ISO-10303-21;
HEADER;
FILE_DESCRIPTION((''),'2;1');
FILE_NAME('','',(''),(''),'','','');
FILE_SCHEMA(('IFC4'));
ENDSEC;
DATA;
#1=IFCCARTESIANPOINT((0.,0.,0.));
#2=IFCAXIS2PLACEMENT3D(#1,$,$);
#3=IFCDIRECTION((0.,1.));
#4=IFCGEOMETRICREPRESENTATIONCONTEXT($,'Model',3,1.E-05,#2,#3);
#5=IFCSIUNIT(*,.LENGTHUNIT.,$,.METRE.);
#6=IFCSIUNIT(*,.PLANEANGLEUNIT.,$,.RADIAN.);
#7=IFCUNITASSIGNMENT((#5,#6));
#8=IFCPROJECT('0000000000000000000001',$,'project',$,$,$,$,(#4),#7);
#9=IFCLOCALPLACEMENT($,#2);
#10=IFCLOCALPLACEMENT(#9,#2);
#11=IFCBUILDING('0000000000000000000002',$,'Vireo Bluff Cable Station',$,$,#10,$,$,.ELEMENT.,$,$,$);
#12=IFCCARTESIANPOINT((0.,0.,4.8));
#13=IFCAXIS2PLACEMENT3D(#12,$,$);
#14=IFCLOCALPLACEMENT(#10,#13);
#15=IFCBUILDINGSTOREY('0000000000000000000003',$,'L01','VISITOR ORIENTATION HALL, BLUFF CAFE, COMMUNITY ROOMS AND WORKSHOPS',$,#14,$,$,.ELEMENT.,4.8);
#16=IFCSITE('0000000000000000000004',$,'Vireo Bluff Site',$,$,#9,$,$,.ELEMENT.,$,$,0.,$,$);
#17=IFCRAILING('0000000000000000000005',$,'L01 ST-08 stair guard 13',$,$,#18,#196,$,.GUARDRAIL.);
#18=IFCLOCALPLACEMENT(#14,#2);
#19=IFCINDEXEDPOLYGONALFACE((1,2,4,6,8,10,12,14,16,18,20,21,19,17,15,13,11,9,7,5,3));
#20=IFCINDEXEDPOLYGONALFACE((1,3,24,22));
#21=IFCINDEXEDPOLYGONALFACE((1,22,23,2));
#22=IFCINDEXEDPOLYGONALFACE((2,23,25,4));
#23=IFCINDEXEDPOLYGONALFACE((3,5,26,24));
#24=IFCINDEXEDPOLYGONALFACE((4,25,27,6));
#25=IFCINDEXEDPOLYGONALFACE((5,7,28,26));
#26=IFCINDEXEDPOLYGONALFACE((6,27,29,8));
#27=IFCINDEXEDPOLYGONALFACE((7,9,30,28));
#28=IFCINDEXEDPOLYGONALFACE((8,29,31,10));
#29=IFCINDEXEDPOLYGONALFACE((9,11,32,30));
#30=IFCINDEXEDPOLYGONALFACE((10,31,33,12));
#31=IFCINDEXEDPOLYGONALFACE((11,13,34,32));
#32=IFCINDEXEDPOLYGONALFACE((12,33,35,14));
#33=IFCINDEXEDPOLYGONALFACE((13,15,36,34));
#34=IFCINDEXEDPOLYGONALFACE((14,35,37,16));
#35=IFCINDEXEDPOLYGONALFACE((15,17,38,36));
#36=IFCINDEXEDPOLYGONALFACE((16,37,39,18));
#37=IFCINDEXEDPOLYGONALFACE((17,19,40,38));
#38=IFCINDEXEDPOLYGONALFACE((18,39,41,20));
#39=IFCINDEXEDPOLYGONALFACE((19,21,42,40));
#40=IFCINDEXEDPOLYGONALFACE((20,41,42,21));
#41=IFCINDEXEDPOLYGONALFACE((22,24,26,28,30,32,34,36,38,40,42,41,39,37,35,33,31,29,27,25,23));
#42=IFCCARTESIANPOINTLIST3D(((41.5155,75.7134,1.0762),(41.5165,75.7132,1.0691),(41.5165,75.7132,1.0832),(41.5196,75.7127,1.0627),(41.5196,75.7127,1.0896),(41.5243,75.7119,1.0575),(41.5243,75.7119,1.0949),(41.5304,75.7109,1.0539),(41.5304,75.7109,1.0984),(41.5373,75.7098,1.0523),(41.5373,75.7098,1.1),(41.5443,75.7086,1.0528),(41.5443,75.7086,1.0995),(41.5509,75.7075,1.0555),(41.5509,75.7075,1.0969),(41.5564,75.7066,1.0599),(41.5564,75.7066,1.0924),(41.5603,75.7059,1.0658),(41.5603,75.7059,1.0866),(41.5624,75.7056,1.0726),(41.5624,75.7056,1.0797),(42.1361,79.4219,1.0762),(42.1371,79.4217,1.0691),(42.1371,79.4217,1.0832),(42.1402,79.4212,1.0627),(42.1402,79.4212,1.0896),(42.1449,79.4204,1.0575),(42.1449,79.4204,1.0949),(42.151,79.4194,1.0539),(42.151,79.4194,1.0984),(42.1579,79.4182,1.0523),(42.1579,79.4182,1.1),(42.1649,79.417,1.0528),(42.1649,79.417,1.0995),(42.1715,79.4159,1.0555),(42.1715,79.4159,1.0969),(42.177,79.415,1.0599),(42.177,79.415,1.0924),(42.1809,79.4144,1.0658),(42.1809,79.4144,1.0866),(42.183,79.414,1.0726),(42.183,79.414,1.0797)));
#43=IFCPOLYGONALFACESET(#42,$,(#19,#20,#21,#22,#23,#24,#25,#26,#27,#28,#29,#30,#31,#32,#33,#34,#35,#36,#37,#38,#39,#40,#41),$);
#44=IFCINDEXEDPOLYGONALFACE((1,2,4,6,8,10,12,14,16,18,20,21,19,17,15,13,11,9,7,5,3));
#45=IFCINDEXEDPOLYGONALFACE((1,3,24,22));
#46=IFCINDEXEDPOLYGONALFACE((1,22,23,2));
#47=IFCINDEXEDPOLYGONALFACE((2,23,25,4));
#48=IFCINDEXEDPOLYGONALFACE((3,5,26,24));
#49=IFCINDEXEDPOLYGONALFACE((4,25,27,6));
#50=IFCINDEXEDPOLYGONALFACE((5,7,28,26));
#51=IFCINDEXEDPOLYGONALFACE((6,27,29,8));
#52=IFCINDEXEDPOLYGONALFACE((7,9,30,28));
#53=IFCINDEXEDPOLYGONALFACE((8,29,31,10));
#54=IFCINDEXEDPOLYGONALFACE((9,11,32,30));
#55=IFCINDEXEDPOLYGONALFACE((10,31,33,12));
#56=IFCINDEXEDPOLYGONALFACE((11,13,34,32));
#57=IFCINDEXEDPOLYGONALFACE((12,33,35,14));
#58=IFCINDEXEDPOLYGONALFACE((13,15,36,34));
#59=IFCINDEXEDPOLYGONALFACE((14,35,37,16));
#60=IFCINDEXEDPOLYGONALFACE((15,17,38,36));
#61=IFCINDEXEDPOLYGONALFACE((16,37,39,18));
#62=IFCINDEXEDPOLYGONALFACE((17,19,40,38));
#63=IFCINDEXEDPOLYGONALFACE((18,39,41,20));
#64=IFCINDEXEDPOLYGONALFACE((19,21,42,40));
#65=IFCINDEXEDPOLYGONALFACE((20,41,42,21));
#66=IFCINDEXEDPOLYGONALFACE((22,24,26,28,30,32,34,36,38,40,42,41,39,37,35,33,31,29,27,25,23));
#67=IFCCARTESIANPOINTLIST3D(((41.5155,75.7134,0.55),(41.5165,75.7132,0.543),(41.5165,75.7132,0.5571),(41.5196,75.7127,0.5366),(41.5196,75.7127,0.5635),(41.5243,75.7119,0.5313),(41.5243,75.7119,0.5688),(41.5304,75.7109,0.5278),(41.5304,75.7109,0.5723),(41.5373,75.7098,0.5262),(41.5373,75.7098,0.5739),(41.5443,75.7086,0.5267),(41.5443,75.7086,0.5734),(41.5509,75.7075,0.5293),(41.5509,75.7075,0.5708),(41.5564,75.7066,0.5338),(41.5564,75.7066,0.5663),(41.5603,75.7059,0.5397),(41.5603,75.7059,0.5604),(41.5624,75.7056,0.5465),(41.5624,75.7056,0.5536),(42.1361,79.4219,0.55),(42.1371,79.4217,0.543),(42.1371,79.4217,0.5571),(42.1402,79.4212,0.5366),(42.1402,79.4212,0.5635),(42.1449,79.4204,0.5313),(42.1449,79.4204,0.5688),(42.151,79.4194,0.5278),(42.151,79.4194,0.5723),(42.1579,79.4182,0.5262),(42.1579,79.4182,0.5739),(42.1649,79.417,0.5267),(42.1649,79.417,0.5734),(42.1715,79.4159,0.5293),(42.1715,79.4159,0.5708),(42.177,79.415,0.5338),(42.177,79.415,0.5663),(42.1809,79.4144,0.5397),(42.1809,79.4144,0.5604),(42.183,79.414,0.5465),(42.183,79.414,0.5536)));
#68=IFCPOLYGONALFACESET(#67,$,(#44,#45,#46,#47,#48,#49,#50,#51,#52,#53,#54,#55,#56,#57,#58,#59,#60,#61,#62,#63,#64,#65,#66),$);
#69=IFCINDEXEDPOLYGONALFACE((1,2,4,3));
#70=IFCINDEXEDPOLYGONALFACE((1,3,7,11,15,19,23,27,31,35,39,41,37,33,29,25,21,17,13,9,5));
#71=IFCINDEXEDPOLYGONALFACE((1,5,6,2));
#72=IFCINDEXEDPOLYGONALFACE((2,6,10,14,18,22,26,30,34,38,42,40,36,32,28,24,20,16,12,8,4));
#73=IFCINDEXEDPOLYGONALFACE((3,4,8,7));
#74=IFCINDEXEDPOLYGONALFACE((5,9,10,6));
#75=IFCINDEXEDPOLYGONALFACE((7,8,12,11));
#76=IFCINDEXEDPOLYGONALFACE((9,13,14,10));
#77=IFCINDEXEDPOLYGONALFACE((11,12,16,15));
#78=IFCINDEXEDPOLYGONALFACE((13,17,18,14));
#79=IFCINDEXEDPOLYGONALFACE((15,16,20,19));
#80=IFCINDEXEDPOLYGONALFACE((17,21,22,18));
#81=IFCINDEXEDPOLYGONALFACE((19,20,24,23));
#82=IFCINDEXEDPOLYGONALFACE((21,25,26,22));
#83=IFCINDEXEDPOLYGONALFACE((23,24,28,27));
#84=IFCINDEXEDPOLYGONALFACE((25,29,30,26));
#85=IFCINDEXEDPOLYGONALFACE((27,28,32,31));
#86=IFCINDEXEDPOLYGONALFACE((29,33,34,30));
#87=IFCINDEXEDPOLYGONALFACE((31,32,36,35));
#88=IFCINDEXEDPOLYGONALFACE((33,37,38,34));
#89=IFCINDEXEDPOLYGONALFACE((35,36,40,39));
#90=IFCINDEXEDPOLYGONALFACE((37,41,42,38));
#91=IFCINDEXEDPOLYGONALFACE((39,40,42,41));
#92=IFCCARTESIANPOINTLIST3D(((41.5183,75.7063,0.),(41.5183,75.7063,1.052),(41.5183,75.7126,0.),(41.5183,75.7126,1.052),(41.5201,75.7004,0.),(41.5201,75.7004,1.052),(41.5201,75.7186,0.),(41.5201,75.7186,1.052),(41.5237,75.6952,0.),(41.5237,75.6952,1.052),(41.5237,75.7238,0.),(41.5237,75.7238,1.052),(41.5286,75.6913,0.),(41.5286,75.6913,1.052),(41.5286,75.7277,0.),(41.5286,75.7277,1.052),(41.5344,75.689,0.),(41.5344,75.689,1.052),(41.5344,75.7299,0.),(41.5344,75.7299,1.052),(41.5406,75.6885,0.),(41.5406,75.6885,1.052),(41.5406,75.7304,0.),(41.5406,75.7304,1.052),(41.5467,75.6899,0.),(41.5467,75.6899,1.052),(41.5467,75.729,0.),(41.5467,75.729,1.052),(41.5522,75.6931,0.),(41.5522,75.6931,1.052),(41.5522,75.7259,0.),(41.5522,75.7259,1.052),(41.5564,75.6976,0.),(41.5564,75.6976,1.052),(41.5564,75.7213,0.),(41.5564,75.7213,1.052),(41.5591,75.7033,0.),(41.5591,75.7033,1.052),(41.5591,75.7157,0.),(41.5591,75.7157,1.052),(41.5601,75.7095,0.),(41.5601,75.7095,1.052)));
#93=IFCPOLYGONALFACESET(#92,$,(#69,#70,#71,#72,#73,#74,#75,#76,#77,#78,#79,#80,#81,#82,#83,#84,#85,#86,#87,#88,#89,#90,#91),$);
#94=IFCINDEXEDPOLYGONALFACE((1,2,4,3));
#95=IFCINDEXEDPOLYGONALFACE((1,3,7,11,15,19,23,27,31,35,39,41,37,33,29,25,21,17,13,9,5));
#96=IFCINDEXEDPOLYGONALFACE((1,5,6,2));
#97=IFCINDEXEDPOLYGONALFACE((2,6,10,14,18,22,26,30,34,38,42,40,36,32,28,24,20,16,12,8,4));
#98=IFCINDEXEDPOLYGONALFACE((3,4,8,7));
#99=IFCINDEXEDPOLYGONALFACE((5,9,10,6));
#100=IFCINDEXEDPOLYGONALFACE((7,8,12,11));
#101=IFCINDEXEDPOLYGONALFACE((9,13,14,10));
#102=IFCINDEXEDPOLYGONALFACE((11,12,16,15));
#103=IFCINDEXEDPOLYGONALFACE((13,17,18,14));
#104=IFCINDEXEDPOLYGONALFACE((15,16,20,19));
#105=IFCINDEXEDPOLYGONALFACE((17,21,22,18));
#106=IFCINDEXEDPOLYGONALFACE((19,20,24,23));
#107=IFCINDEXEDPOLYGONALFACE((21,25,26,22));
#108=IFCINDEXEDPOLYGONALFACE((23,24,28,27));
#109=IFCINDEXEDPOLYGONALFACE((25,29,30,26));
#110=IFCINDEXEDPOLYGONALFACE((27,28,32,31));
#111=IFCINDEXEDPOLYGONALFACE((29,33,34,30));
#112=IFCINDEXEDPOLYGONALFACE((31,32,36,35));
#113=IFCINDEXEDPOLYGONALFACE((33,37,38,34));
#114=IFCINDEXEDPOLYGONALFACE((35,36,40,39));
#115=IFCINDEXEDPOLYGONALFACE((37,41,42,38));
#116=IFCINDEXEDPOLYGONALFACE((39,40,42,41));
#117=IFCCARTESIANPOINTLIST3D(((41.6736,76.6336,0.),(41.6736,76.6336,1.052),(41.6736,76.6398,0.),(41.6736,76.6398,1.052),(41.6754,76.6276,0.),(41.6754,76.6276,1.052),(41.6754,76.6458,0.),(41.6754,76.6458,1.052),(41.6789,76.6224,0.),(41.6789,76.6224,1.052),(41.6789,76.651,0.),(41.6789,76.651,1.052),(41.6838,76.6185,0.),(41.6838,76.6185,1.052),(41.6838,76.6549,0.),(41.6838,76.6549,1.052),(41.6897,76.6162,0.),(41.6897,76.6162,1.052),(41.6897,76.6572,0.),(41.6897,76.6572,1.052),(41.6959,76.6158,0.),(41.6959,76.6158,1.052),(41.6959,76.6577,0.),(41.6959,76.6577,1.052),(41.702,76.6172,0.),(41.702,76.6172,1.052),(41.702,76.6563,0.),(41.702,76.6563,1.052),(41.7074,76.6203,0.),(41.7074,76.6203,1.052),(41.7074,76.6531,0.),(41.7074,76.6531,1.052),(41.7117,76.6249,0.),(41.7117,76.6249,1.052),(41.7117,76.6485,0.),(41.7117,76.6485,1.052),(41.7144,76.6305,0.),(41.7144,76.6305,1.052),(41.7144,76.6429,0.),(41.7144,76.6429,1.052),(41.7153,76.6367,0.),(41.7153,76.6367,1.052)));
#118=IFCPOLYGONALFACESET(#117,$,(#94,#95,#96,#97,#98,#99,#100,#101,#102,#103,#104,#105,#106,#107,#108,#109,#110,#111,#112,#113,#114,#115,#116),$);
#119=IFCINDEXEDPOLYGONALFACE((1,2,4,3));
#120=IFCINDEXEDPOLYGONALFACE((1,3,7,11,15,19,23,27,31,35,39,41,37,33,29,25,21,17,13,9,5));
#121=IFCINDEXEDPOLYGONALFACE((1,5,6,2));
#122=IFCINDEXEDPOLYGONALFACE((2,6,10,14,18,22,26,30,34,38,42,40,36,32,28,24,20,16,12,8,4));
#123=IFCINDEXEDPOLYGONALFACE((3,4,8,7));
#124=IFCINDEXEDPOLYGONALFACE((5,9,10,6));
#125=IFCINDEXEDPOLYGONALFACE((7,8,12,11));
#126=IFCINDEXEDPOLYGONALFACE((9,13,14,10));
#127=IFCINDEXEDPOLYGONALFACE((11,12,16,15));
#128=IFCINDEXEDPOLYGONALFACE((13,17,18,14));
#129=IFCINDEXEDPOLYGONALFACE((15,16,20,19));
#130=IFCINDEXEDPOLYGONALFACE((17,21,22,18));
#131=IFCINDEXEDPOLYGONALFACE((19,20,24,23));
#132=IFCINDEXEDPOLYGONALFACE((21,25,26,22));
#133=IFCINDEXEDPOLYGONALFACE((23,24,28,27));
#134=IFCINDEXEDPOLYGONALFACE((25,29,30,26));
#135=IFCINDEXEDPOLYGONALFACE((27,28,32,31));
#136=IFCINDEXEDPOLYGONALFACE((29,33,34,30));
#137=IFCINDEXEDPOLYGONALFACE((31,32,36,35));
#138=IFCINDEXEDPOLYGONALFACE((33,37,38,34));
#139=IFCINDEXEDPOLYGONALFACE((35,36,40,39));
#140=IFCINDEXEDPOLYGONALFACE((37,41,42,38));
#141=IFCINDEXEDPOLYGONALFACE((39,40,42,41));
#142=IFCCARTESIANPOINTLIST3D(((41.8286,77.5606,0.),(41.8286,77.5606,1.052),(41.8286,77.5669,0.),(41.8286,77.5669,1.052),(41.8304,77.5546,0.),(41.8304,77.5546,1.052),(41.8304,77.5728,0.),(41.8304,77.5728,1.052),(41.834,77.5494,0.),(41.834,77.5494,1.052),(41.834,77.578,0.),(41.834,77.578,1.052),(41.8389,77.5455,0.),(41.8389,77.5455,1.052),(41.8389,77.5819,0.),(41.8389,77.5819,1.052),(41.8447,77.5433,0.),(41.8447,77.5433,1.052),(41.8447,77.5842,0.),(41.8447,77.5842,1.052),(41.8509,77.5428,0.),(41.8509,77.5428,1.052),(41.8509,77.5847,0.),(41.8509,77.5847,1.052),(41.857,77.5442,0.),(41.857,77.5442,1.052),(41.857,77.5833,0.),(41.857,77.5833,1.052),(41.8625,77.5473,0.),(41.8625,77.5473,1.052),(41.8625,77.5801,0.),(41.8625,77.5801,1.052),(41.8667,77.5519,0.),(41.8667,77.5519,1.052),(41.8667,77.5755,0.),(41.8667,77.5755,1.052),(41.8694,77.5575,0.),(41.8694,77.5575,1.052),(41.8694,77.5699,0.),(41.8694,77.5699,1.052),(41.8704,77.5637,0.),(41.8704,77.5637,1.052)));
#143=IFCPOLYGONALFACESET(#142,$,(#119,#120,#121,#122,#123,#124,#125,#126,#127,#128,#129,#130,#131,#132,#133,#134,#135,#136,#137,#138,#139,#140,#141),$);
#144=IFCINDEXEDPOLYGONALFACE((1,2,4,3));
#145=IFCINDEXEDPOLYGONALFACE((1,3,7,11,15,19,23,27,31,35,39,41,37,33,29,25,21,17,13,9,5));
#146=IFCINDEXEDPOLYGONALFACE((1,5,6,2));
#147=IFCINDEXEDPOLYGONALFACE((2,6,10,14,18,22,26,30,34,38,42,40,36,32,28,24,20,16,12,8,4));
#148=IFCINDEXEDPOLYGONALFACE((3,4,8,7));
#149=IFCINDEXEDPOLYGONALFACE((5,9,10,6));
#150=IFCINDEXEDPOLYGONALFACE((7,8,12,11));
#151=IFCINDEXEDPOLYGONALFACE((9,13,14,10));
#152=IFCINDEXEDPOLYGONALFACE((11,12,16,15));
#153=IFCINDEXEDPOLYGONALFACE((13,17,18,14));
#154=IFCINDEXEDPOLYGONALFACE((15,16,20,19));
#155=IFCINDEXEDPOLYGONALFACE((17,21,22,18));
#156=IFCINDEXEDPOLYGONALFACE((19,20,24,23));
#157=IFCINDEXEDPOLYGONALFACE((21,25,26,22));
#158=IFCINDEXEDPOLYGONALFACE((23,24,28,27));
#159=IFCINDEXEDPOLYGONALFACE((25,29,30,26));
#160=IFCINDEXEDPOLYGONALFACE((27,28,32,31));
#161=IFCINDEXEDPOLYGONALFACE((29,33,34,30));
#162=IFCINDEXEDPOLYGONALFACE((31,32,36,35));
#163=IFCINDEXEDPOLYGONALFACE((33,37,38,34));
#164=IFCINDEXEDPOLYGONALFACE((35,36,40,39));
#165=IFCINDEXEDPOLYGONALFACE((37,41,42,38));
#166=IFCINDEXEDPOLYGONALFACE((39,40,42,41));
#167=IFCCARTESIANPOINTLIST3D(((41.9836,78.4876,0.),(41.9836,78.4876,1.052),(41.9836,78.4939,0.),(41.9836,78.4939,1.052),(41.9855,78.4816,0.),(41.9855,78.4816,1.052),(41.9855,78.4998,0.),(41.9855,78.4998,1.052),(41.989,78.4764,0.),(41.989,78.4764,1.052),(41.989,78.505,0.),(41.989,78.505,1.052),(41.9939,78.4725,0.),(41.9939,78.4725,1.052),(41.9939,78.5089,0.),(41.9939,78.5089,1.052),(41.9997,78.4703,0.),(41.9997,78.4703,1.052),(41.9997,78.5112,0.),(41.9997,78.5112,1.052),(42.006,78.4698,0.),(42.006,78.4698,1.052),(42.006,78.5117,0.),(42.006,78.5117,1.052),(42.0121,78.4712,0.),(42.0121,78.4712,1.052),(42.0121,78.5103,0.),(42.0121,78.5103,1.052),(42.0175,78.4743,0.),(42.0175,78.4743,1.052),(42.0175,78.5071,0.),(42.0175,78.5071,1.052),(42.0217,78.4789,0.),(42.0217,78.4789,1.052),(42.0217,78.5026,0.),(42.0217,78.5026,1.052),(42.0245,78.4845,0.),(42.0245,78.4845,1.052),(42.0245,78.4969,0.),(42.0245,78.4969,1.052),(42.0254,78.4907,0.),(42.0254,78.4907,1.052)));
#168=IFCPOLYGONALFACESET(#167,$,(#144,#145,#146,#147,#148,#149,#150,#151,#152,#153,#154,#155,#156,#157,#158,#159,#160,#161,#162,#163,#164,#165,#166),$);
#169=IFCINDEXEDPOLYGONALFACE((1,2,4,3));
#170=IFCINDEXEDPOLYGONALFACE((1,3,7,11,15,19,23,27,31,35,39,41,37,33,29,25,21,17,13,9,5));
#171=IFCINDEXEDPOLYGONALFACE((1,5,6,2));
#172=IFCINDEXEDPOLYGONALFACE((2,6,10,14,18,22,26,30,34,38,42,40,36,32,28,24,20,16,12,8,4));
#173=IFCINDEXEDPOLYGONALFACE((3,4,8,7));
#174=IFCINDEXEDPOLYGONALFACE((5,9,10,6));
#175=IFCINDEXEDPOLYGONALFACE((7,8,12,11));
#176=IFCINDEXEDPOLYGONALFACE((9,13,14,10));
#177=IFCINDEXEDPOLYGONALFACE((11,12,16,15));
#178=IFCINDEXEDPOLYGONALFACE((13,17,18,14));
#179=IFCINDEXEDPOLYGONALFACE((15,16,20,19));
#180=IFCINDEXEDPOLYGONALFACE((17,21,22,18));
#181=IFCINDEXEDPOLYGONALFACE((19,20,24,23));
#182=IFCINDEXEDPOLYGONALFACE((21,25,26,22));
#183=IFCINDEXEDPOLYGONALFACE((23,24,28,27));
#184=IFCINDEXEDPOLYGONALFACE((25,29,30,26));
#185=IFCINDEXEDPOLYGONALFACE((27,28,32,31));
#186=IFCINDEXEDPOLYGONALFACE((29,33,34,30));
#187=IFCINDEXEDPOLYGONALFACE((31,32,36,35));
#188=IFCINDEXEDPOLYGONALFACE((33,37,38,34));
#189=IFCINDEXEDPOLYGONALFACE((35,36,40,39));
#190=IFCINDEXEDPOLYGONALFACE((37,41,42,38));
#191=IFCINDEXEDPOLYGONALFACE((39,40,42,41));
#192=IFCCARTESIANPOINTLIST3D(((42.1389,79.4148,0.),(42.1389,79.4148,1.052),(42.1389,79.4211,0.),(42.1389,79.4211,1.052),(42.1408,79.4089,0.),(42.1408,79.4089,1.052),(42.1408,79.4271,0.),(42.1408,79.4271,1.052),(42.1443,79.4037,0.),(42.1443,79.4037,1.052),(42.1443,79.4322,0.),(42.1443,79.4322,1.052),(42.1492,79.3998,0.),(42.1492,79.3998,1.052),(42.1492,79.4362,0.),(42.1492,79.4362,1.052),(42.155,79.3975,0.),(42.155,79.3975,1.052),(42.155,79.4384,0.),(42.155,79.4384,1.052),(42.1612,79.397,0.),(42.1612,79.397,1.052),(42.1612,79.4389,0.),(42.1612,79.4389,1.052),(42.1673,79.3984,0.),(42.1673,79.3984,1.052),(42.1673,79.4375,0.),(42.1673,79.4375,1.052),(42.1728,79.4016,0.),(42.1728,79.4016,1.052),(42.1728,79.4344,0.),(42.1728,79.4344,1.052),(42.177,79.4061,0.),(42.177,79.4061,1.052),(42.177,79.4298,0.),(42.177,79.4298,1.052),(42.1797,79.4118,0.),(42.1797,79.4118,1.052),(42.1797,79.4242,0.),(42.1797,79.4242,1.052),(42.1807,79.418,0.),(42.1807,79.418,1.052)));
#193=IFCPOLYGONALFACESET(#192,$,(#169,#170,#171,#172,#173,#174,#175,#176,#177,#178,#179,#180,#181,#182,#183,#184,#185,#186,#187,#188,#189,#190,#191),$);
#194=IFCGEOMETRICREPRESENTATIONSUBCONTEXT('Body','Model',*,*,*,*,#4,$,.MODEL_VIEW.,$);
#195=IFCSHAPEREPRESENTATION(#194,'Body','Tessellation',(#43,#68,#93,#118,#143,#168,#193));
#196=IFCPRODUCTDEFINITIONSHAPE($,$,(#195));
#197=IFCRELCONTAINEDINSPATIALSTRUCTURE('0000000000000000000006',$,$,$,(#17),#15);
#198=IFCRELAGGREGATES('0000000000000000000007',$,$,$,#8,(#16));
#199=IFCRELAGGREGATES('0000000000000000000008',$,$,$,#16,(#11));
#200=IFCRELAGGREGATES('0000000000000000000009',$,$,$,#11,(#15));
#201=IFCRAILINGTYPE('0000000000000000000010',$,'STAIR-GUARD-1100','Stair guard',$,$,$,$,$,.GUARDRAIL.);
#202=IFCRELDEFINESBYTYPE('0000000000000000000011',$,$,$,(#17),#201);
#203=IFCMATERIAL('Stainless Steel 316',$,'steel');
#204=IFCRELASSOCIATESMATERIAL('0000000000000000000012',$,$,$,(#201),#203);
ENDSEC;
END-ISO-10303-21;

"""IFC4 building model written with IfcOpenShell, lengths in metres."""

from ifc_helpers import new_model, si_unit, direction, frame, origin, origin_2d, place, context, subcontext, project, spatial, circle, extrude, material, type_object, element, save


model = new_model("IFC4")

# Units and contexts
model_context = context("Model", 3, precision=1e-05, world=origin(), true_north=direction((0.0, 1.0)))
body_context = subcontext(model_context, "Body", "Model", "MODEL_VIEW")
ifc_project = project(units=[si_unit("LENGTHUNIT", "METRE"), si_unit("PLANEANGLEUNIT", "RADIAN")], contexts=[model_context])

# Site, building, storey
site_placement = place(None, origin())
site = spatial("IfcSite", under=ifc_project, at=site_placement, Name="Vireo Bluff Site", CompositionType="ELEMENT", RefElevation=0.0)
building_placement = place(site_placement, origin())
building = spatial("IfcBuilding", under=site, at=building_placement, Name="Vireo Bluff Cable Station", CompositionType="ELEMENT")
storey_placement = place(building_placement, frame((0.0, 0.0, 4.8)))
storey = spatial("IfcBuildingStorey", under=building, at=storey_placement, Name="L01", Description="VISITOR ORIENTATION HALL, BLUFF CAFE, COMMUNITY ROOMS AND WORKSHOPS", CompositionType="ELEMENT", Elevation=4.8)

# Railing
ifc_material_1 = material(Name="Stainless Steel 316", Category="steel")
railing_type = type_object("IfcRailingType", Name="STAIR-GUARD-1100", Description="Stair guard", PredefinedType="GUARDRAIL", material=ifc_material_1)
railing_placement = place(storey_placement, frame((41.5391, 75.7095, 0.0)))
element("IfcRailing", 1, at=railing_placement, inside=storey, type_object=railing_type, Name="L01 ST-08 stair guard 13", PredefinedType="GUARDRAIL", context=body_context, shape_type="SweptSolid", body=[
    extrude(circle(Radius=0.0239, at=origin_2d()), frame((0.0, 0.0, 1.0762), z_axis=(0.165052, 0.986285, 0.0), x_axis=(-0.986285, 0.165052, 0.0)), (0.0, 0.0, 1.0), 3.76),
    extrude(circle(Radius=0.0239, at=origin_2d()), frame((0.0, 0.0, 0.55), z_axis=(0.165052, 0.986285, 0.0), x_axis=(-0.986285, 0.165052, 0.0)), (0.0, 0.0, 1.0), 3.76),
    extrude(circle(Radius=0.021, at=origin_2d()), origin(), (0.0, 0.0, 1.0), 1.052),
    extrude(circle(Radius=0.021, at=origin_2d()), frame((0.1553, 0.9272, 0.0)), (0.0, 0.0, 1.0), 1.052),
    extrude(circle(Radius=0.021, at=origin_2d()), frame((0.3103, 1.8542, 0.0)), (0.0, 0.0, 1.0), 1.052),
    extrude(circle(Radius=0.021, at=origin_2d()), frame((0.4653, 2.7812, 0.0)), (0.0, 0.0, 1.0), 1.052),
    extrude(circle(Radius=0.021, at=origin_2d()), frame((0.6206, 3.7085, 0.0)), (0.0, 0.0, 1.0), 1.052),
])

save(model, "model.ifc")
